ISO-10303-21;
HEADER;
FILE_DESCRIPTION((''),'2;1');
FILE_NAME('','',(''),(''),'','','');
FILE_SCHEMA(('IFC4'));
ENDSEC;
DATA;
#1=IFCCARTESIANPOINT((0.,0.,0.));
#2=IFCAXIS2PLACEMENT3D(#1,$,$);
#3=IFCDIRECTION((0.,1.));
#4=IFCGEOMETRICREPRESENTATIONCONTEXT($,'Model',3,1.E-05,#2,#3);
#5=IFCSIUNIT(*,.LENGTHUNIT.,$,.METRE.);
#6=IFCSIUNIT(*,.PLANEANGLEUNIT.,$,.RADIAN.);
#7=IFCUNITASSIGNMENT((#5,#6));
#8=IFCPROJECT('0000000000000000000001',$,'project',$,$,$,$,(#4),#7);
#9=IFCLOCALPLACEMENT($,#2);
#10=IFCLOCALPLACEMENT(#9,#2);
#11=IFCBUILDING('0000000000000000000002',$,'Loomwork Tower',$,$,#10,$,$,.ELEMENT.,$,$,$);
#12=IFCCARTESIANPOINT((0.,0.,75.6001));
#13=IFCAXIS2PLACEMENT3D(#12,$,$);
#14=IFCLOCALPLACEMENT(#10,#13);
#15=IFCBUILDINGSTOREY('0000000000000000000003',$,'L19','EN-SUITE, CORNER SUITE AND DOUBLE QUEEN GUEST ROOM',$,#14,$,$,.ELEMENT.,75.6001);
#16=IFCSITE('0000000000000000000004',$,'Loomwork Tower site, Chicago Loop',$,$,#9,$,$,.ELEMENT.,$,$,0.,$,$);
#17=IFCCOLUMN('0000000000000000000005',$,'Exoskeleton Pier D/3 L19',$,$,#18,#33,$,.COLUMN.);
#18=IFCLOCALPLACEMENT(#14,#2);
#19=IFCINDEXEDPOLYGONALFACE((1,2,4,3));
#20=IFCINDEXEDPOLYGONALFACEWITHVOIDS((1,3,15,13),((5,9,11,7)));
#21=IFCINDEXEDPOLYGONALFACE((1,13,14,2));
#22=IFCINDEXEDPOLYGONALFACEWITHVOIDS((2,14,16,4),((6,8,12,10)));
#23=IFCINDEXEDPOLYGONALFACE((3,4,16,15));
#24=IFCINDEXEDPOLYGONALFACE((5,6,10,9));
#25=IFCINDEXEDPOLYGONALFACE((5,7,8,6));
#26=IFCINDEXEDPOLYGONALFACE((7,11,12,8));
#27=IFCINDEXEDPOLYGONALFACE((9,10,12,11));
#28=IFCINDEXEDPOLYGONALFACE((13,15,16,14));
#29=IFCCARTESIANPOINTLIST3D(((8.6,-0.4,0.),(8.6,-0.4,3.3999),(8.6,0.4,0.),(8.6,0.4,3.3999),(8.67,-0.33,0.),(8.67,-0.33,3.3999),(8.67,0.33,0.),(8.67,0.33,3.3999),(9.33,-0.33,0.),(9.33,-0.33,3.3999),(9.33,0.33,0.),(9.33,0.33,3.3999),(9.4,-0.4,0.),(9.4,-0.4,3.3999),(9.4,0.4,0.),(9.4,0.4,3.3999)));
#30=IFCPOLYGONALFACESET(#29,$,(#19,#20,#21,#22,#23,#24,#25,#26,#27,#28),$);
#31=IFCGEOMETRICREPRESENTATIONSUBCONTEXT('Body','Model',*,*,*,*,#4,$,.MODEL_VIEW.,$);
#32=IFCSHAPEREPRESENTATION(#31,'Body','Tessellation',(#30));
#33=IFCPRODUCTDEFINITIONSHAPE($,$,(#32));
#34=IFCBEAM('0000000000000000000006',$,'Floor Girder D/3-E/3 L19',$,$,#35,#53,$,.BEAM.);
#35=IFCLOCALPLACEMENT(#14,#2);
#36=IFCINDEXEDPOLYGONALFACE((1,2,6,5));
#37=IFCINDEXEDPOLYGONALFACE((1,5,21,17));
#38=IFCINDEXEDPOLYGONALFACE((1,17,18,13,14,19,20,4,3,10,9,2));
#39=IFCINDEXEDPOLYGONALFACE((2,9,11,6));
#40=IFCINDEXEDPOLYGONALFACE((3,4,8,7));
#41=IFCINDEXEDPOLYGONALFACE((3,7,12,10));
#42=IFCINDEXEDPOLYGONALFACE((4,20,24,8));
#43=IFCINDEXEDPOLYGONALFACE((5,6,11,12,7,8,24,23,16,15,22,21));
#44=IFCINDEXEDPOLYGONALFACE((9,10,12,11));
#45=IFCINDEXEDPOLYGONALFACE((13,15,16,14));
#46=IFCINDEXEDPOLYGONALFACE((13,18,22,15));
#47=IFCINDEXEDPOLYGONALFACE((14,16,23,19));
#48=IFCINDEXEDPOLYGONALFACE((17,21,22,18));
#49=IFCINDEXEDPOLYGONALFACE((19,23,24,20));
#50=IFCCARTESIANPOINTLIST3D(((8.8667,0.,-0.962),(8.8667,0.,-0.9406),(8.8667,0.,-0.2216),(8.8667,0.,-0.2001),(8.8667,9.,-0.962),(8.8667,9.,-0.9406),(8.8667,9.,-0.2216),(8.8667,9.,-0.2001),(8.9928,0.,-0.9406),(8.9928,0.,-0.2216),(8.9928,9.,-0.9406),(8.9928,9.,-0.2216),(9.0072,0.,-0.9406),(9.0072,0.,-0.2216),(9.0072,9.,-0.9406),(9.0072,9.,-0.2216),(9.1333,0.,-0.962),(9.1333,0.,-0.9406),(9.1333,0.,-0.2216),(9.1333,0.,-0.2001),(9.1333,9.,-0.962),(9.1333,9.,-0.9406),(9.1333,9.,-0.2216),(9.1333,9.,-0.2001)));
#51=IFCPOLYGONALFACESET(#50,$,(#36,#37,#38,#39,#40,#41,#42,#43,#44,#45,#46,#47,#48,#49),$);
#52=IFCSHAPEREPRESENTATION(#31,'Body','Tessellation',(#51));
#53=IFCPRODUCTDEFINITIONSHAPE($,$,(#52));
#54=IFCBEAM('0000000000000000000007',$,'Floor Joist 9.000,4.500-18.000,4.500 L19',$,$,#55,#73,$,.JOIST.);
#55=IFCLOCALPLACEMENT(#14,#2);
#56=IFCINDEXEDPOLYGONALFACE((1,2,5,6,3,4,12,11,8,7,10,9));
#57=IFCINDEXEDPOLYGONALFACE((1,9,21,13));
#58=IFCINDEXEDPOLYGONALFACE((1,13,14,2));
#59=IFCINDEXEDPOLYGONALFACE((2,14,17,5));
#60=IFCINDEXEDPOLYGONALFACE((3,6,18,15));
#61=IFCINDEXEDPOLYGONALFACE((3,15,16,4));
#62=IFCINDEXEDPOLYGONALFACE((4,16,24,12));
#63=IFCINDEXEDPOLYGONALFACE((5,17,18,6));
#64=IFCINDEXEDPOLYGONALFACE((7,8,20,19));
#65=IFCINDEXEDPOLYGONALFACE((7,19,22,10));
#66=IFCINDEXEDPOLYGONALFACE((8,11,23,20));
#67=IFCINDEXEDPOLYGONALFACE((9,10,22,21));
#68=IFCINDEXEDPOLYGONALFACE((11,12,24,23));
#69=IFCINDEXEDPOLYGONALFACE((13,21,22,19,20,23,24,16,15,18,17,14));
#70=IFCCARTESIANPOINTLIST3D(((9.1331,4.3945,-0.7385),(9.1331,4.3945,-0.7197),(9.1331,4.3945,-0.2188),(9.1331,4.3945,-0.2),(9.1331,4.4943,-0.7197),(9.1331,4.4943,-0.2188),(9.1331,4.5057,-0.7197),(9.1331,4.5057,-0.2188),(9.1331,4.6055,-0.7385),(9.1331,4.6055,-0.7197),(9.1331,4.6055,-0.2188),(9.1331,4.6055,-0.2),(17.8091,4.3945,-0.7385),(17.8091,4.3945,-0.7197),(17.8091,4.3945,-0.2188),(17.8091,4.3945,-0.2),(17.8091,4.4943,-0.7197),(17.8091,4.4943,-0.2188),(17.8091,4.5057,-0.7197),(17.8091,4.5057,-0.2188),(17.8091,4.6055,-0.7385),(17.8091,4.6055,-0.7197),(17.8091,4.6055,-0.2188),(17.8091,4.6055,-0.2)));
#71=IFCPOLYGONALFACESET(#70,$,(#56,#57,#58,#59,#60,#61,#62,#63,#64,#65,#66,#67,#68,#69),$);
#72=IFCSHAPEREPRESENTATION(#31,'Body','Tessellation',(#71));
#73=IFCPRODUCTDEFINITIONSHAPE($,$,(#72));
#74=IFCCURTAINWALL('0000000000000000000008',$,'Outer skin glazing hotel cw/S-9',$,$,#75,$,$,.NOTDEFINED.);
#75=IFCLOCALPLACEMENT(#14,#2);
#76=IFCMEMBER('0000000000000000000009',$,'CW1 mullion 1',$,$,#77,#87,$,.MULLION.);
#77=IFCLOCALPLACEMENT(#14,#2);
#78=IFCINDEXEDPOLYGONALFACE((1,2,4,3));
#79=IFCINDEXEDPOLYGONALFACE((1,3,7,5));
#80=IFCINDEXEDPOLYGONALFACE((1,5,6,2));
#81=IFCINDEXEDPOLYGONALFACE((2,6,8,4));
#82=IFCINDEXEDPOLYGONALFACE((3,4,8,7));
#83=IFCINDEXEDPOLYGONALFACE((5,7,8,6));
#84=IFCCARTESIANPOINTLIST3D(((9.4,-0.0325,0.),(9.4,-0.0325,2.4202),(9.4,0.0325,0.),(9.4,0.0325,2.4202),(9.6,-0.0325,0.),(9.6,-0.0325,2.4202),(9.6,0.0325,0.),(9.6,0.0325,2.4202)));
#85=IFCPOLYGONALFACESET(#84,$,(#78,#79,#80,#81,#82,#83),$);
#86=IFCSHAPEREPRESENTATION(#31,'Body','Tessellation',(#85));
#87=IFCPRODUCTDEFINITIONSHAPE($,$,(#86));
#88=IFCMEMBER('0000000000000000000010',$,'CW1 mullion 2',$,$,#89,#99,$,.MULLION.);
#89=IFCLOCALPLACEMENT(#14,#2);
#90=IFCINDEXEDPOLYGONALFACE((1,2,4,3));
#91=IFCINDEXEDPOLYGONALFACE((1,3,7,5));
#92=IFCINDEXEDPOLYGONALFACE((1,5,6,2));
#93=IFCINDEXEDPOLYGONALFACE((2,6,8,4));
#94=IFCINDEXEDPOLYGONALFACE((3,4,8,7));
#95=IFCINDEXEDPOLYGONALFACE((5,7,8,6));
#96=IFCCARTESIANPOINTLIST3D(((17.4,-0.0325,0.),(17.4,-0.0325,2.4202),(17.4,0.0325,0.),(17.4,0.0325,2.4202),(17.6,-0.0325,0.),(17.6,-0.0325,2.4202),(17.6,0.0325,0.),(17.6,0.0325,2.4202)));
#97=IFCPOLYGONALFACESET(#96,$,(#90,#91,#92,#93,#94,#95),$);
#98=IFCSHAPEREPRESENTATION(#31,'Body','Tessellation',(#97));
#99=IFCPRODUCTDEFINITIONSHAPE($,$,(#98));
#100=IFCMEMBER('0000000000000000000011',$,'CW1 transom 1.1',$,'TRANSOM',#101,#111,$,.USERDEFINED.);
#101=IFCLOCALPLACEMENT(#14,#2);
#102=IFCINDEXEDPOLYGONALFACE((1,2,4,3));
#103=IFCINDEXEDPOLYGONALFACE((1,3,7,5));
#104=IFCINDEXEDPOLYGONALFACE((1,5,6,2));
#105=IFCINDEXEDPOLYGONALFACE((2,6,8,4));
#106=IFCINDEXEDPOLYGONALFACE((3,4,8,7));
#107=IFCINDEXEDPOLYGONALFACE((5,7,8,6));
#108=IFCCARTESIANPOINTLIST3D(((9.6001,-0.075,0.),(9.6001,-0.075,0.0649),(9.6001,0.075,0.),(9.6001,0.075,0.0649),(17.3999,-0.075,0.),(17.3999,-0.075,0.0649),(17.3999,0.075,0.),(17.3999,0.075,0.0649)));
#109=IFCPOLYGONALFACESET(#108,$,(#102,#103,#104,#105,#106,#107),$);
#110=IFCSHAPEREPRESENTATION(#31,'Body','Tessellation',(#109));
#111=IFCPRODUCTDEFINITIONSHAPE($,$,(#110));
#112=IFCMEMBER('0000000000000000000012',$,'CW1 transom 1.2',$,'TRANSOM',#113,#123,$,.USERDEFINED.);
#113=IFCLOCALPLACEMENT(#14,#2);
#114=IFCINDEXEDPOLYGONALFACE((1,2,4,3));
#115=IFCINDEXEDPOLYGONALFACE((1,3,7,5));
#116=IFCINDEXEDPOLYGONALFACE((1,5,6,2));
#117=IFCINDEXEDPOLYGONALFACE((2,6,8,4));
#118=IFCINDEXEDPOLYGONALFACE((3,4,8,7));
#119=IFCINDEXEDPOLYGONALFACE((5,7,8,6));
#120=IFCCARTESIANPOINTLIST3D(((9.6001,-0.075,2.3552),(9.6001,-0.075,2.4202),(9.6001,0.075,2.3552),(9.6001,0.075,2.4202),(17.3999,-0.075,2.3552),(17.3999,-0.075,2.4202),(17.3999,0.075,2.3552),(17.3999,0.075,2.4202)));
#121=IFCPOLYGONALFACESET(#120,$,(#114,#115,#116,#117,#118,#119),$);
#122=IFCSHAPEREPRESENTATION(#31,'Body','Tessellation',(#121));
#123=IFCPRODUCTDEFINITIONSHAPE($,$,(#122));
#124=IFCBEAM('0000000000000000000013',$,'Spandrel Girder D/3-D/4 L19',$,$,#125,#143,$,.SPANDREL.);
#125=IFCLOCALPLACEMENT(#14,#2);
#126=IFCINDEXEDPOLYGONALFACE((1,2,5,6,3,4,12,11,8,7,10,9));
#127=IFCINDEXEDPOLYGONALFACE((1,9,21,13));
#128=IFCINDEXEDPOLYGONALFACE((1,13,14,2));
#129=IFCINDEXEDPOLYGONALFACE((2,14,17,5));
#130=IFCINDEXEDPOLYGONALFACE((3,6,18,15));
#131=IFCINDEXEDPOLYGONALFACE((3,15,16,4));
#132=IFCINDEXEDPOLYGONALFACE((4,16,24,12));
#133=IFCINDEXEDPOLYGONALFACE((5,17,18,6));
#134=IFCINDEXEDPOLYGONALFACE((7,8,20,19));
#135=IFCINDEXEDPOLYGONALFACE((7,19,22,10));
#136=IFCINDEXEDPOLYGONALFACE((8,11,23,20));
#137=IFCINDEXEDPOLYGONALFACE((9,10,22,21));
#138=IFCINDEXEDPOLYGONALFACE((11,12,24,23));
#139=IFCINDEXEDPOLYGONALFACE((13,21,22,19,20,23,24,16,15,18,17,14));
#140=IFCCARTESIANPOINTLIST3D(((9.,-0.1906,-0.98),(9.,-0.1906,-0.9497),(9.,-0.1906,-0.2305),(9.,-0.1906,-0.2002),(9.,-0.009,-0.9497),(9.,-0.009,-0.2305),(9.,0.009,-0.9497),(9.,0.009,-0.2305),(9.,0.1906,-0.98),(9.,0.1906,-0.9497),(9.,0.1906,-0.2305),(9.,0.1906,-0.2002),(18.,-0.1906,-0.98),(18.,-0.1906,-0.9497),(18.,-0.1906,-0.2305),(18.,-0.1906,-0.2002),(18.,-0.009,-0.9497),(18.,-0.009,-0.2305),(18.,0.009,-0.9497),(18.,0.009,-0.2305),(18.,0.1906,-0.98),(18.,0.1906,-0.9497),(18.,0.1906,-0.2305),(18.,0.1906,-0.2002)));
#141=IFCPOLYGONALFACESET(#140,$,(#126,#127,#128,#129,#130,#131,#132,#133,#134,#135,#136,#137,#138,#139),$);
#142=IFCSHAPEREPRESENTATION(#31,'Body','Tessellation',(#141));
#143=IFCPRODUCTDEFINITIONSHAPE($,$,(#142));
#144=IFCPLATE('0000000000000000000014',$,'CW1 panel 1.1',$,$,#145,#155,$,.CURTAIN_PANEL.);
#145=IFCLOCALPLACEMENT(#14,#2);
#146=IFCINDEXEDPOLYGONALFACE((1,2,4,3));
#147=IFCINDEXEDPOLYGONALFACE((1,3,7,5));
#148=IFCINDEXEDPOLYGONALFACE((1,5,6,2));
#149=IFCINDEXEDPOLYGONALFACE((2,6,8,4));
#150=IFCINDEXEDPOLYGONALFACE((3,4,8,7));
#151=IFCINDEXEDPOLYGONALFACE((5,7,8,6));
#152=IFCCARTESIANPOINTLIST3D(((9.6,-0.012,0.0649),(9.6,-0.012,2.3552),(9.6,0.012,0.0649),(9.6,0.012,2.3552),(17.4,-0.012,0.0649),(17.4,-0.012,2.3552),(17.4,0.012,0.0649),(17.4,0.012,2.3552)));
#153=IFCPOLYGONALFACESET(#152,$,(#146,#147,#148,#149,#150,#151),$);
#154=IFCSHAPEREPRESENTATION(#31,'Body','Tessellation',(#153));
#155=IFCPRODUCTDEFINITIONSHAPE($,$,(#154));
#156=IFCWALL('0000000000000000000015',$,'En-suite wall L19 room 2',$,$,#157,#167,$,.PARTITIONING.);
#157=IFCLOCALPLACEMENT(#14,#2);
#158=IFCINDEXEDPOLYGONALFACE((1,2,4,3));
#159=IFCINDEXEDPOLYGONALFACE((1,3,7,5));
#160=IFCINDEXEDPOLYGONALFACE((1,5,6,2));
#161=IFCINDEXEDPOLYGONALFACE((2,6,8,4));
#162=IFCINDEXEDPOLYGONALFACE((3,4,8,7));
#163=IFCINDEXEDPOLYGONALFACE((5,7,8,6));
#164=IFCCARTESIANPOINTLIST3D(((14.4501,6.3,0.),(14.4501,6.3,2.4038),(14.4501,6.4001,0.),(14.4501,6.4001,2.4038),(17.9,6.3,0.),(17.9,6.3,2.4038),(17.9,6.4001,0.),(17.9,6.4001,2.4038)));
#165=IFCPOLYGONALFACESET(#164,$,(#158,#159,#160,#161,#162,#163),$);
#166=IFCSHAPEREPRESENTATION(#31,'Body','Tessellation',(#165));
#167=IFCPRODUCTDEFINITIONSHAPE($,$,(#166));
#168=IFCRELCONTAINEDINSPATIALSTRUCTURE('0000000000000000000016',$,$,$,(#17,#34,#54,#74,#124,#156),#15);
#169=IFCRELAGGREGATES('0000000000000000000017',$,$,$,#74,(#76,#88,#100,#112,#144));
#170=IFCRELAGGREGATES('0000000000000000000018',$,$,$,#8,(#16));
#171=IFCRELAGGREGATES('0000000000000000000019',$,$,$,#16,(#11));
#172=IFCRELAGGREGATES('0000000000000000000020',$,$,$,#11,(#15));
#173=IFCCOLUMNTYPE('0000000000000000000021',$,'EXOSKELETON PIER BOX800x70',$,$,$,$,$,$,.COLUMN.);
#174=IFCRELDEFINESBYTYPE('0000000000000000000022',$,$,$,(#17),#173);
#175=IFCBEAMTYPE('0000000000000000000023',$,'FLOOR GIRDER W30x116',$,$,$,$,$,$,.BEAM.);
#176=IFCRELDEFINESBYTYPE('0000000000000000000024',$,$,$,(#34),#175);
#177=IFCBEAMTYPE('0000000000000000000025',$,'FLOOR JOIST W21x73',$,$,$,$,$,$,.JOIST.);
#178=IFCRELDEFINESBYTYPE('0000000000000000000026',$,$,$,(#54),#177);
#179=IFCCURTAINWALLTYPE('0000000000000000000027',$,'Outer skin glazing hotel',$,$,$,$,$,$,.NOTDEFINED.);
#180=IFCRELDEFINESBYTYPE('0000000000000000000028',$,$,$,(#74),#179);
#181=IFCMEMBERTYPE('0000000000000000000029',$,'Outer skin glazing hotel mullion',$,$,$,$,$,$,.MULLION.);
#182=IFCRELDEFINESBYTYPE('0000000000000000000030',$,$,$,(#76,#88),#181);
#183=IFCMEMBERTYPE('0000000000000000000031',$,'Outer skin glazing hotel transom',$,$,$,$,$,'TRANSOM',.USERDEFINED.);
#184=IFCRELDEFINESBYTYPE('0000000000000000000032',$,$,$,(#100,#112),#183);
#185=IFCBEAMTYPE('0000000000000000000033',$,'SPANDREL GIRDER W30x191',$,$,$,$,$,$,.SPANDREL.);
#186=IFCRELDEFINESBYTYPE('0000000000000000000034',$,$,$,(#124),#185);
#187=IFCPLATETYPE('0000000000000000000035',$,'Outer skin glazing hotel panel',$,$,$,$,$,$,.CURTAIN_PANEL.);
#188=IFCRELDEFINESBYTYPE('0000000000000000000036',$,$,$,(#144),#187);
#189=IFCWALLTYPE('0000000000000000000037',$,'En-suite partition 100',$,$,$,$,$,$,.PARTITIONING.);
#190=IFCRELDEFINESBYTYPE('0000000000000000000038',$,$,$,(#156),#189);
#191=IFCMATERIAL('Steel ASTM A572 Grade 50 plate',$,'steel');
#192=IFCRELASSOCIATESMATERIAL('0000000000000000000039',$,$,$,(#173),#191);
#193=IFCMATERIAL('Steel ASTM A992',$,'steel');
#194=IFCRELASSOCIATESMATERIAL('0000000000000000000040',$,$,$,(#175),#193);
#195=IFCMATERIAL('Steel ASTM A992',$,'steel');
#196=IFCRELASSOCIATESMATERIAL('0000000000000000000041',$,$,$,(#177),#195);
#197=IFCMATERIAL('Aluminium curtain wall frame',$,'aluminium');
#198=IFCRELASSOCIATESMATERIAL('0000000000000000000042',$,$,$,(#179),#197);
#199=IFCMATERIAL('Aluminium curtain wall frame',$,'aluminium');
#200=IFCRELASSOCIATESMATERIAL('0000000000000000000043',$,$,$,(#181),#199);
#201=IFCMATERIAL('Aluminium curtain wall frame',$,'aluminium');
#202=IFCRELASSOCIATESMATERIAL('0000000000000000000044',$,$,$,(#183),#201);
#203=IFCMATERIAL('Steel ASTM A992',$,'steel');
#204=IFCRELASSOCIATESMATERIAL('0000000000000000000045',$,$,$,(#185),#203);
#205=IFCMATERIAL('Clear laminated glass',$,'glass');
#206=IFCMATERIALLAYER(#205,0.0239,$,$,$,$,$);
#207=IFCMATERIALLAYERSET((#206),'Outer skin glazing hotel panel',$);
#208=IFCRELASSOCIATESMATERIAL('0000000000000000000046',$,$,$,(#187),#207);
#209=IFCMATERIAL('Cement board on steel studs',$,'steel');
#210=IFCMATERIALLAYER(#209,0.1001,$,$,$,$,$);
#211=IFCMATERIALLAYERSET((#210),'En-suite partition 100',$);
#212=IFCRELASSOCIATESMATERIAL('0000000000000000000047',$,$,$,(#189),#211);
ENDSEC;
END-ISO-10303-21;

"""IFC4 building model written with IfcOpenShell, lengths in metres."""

from ifc_helpers import new_model, si_unit, direction, frame, frame_2d, origin, origin_2d, place, context, subcontext, project, spatial, rectangle, hollow_rectangle, i_section, extrude, material, layer, layer_set, material_profile, profile_set, type_object, element, aggregate, save


model = new_model("IFC4")

# Units and contexts
model_context = context("Model", 3, precision=1e-05, world=origin(), true_north=direction((0.0, 1.0)))
body_context = subcontext(model_context, "Body", "Model", "MODEL_VIEW")
ifc_project = project(units=[si_unit("LENGTHUNIT", "METRE"), si_unit("PLANEANGLEUNIT", "RADIAN")], contexts=[model_context])

# Site, building, storey
site_placement = place(None, origin())
site = spatial("IfcSite", under=ifc_project, at=site_placement, Name="Loomwork Tower site, Chicago Loop", CompositionType="ELEMENT", RefElevation=0.0)
building_placement = place(site_placement, origin())
building = spatial("IfcBuilding", under=site, at=building_placement, Name="Loomwork Tower", CompositionType="ELEMENT")
storey_placement = place(building_placement, frame((0.0, 0.0, 75.6001)))
storey = spatial("IfcBuildingStorey", under=building, at=storey_placement, Name="L19", Description="EN-SUITE, CORNER SUITE AND DOUBLE QUEEN GUEST ROOM", CompositionType="ELEMENT", Elevation=75.6001)

# Column
ifc_material_1 = material(Name="Steel ASTM A572 Grade 50 plate", Category="steel")
ifc_material_profile_1 = material_profile(ifc_material_1, hollow_rectangle(XDim=0.8, YDim=0.8, WallThickness=0.0701, at=origin_2d()), Name="BOX800x70")
ifc_profile_set_1 = profile_set([ifc_material_profile_1], Name="Steel ASTM A572 Grade 50 plate")
column_type = type_object("IfcColumnType", Name="EXOSKELETON PIER BOX800x70", PredefinedType="COLUMN", material=ifc_profile_set_1)
column_placement = place(storey_placement, frame((9.0, 0.0, 0.0), z_axis=(0.0, 0.0, 1.0), x_axis=(1.0, 0.0, 0.0)))
element("IfcColumn", 1, at=column_placement, inside=storey, type_object=column_type, Name="Exoskeleton Pier D/3 L19", PredefinedType="COLUMN", context=body_context, shape_type="SweptSolid", body=[
    extrude(hollow_rectangle(XDim=0.8, YDim=0.8, WallThickness=0.0701, at=origin_2d()), origin(), (0.0, 0.0, 1.0), 3.3999),
])

# Beams
ifc_material_2 = material(Name="Steel ASTM A992", Category="steel")
ifc_material_profile_2 = material_profile(ifc_material_2, i_section(OverallWidth=0.2666, OverallDepth=0.762, WebThickness=0.0144, FlangeThickness=0.0215, at=origin_2d()), Name="W30x116")
ifc_profile_set_2 = profile_set([ifc_material_profile_2], Name="Steel ASTM A992")
beam_type_1 = type_object("IfcBeamType", Name="FLOOR GIRDER W30x116", PredefinedType="BEAM", material=ifc_profile_set_2)
beam_1_placement = place(storey_placement, frame((9.0, 0.0, -0.5811), z_axis=(0.0, 1.0, 0.0), x_axis=(-1.0, 0.0, 0.0)))
element("IfcBeam", 2, at=beam_1_placement, inside=storey, type_object=beam_type_1, Name="Floor Girder D/3-E/3 L19", PredefinedType="BEAM", context=body_context, shape_type="SweptSolid", body=[
    extrude(i_section(OverallWidth=0.2666, OverallDepth=0.762, WebThickness=0.0144, FlangeThickness=0.0215, at=origin_2d()), origin(), (0.0, 0.0, 1.0), 9.0),
])
ifc_material_3 = material(Name="Steel ASTM A992", Category="steel")
ifc_material_profile_3 = material_profile(ifc_material_3, i_section(OverallWidth=0.2109, OverallDepth=0.5386, WebThickness=0.0115, FlangeThickness=0.0188, at=origin_2d()), Name="W21x73")
ifc_profile_set_3 = profile_set([ifc_material_profile_3], Name="Steel ASTM A992")
beam_type_2 = type_object("IfcBeamType", Name="FLOOR JOIST W21x73", PredefinedType="JOIST", material=ifc_profile_set_3)
beam_2_placement = place(storey_placement, frame((9.1331, 4.5, -0.4692), z_axis=(1.0, 0.0, 0.0), x_axis=(0.0, 1.0, 0.0)))
element("IfcBeam", 3, at=beam_2_placement, inside=storey, type_object=beam_type_2, Name="Floor Joist 9.000,4.500-18.000,4.500 L19", PredefinedType="JOIST", context=body_context, shape_type="SweptSolid", body=[
    extrude(i_section(OverallWidth=0.2109, OverallDepth=0.5386, WebThickness=0.0115, FlangeThickness=0.0188, at=origin_2d()), origin(), (0.0, 0.0, 1.0), 8.676),
])

# Curtain wall, members
ifc_material_4 = material(Name="Aluminium curtain wall frame", Category="aluminium")
curtain_wall_type = type_object("IfcCurtainWallType", Name="Outer skin glazing hotel", PredefinedType="NOTDEFINED", material=ifc_material_4)
curtain_wall_placement = place(storey_placement, origin())
curtain_wall = element("IfcCurtainWall", 4, at=curtain_wall_placement, inside=storey, type_object=curtain_wall_type, Name="Outer skin glazing hotel cw/S-9", PredefinedType="NOTDEFINED")
ifc_material_5 = material(Name="Aluminium curtain wall frame", Category="aluminium")
ifc_material_profile_4 = material_profile(ifc_material_5, rectangle(XDim=0.0649, YDim=0.2, at=origin_2d()), Name="AL 65x200")
ifc_profile_set_4 = profile_set([ifc_material_profile_4], Name="Aluminium curtain wall frame")
member_type_1 = type_object("IfcMemberType", Name="Outer skin glazing hotel mullion", PredefinedType="MULLION", material=ifc_profile_set_4)
member_1_placement = place(storey_placement, frame((9.5, 0.0, 0.0), z_axis=(0.0, 0.0, 1.0), x_axis=(0.0, 1.0, 0.0)))
member_1 = element("IfcMember", 5, at=member_1_placement, type_object=member_type_1, Name="CW1 mullion 1", PredefinedType="MULLION", context=body_context, shape_type="SweptSolid", body=[
    extrude(rectangle(XDim=0.0649, YDim=0.2, at=origin_2d()), origin(), (0.0, 0.0, 1.0), 2.4202),
])
member_2_placement = place(storey_placement, frame((17.5, 0.0, 0.0), z_axis=(0.0, 0.0, 1.0), x_axis=(0.0, 1.0, 0.0)))
member_2 = element("IfcMember", 6, at=member_2_placement, type_object=member_type_1, Name="CW1 mullion 2", PredefinedType="MULLION", context=body_context, shape_type="SweptSolid", body=[
    extrude(rectangle(XDim=0.0649, YDim=0.2, at=origin_2d()), origin(), (0.0, 0.0, 1.0), 2.4202),
])
ifc_material_6 = material(Name="Aluminium curtain wall frame", Category="aluminium")
ifc_material_profile_5 = material_profile(ifc_material_6, rectangle(XDim=0.1499, YDim=0.0649, at=origin_2d()), Name="AL 65x150")
ifc_profile_set_5 = profile_set([ifc_material_profile_5], Name="Aluminium curtain wall frame")
member_type_2 = type_object("IfcMemberType", Name="Outer skin glazing hotel transom", ElementType="TRANSOM", PredefinedType="USERDEFINED", material=ifc_profile_set_5)
member_3_placement = place(storey_placement, frame((9.6001, 0.0, 0.0325), z_axis=(1.0, 0.0, 0.0), x_axis=(0.0, 1.0, 0.0)))
member_3 = element("IfcMember", 7, at=member_3_placement, type_object=member_type_2, Name="CW1 transom 1.1", ObjectType="TRANSOM", PredefinedType="USERDEFINED", context=body_context, shape_type="SweptSolid", body=[
    extrude(rectangle(XDim=0.1499, YDim=0.0649, at=origin_2d()), origin(), (0.0, 0.0, 1.0), 7.7998),
])
member_4_placement = place(storey_placement, frame((9.6001, 0.0, 2.3877), z_axis=(1.0, 0.0, 0.0), x_axis=(0.0, 1.0, 0.0)))
member_4 = element("IfcMember", 8, at=member_4_placement, type_object=member_type_2, Name="CW1 transom 1.2", ObjectType="TRANSOM", PredefinedType="USERDEFINED", context=body_context, shape_type="SweptSolid", body=[
    extrude(rectangle(XDim=0.1499, YDim=0.0649, at=origin_2d()), origin(), (0.0, 0.0, 1.0), 7.7998),
])

# Beam
ifc_material_7 = material(Name="Steel ASTM A992", Category="steel")
ifc_material_profile_6 = material_profile(ifc_material_7, i_section(OverallWidth=0.3811, OverallDepth=0.7798, WebThickness=0.0181, FlangeThickness=0.0303, at=origin_2d()), Name="W30x191")
ifc_profile_set_6 = profile_set([ifc_material_profile_6], Name="Steel ASTM A992")
beam_type_3 = type_object("IfcBeamType", Name="SPANDREL GIRDER W30x191", PredefinedType="SPANDREL", material=ifc_profile_set_6)
beam_3_placement = place(storey_placement, frame((9.0, 0.0, -0.5901), z_axis=(1.0, 0.0, 0.0), x_axis=(0.0, 1.0, 0.0)))
element("IfcBeam", 9, at=beam_3_placement, inside=storey, type_object=beam_type_3, Name="Spandrel Girder D/3-D/4 L19", PredefinedType="SPANDREL", context=body_context, shape_type="SweptSolid", body=[
    extrude(i_section(OverallWidth=0.3811, OverallDepth=0.7798, WebThickness=0.0181, FlangeThickness=0.0303, at=origin_2d()), origin(), (0.0, 0.0, 1.0), 9.0),
])

# Plate
ifc_material_8 = material(Name="Clear laminated glass", Category="glass")
ifc_layer_1 = layer(ifc_material_8, 0.0239)
ifc_layer_set_1 = layer_set([ifc_layer_1], Name="Outer skin glazing hotel panel")
plate_type = type_object("IfcPlateType", Name="Outer skin glazing hotel panel", PredefinedType="CURTAIN_PANEL", material=ifc_layer_set_1)
plate_placement = place(storey_placement, frame((13.5, 0.0, 0.0649), z_axis=(0.0, 0.0, 1.0), x_axis=(1.0, 0.0, 0.0)))
plate = element("IfcPlate", 10, at=plate_placement, type_object=plate_type, Name="CW1 panel 1.1", PredefinedType="CURTAIN_PANEL", context=body_context, shape_type="SweptSolid", body=[
    extrude(rectangle(XDim=7.8, YDim=0.0239, at=origin_2d()), origin(), (0.0, 0.0, 1.0), 2.2903),
])
aggregate(curtain_wall, [member_1, member_2, member_3, member_4, plate])

# Wall
ifc_material_9 = material(Name="Cement board on steel studs", Category="steel")
ifc_layer_2 = layer(ifc_material_9, 0.1001)
ifc_layer_set_2 = layer_set([ifc_layer_2], Name="En-suite partition 100")
wall_type_1 = type_object("IfcWallType", Name="En-suite partition 100", PredefinedType="PARTITIONING", material=ifc_layer_set_2)
wall_1_placement = place(storey_placement, frame((14.45, 6.3501, 0.0), z_axis=(0.0, 0.0, 1.0), x_axis=(1.0, 0.0, 0.0)))
element("IfcWall", 11, at=wall_1_placement, inside=storey, type_object=wall_type_1, Name="En-suite wall L19 room 2", PredefinedType="PARTITIONING", context=body_context, shape_type="SweptSolid", body=[
    extrude(rectangle(XDim=3.45, YDim=0.1001, at=frame_2d((1.7251, 0.0))), origin(), (0.0, 0.0, 1.0), 2.4038),
])

save(model, "model.ifc")
